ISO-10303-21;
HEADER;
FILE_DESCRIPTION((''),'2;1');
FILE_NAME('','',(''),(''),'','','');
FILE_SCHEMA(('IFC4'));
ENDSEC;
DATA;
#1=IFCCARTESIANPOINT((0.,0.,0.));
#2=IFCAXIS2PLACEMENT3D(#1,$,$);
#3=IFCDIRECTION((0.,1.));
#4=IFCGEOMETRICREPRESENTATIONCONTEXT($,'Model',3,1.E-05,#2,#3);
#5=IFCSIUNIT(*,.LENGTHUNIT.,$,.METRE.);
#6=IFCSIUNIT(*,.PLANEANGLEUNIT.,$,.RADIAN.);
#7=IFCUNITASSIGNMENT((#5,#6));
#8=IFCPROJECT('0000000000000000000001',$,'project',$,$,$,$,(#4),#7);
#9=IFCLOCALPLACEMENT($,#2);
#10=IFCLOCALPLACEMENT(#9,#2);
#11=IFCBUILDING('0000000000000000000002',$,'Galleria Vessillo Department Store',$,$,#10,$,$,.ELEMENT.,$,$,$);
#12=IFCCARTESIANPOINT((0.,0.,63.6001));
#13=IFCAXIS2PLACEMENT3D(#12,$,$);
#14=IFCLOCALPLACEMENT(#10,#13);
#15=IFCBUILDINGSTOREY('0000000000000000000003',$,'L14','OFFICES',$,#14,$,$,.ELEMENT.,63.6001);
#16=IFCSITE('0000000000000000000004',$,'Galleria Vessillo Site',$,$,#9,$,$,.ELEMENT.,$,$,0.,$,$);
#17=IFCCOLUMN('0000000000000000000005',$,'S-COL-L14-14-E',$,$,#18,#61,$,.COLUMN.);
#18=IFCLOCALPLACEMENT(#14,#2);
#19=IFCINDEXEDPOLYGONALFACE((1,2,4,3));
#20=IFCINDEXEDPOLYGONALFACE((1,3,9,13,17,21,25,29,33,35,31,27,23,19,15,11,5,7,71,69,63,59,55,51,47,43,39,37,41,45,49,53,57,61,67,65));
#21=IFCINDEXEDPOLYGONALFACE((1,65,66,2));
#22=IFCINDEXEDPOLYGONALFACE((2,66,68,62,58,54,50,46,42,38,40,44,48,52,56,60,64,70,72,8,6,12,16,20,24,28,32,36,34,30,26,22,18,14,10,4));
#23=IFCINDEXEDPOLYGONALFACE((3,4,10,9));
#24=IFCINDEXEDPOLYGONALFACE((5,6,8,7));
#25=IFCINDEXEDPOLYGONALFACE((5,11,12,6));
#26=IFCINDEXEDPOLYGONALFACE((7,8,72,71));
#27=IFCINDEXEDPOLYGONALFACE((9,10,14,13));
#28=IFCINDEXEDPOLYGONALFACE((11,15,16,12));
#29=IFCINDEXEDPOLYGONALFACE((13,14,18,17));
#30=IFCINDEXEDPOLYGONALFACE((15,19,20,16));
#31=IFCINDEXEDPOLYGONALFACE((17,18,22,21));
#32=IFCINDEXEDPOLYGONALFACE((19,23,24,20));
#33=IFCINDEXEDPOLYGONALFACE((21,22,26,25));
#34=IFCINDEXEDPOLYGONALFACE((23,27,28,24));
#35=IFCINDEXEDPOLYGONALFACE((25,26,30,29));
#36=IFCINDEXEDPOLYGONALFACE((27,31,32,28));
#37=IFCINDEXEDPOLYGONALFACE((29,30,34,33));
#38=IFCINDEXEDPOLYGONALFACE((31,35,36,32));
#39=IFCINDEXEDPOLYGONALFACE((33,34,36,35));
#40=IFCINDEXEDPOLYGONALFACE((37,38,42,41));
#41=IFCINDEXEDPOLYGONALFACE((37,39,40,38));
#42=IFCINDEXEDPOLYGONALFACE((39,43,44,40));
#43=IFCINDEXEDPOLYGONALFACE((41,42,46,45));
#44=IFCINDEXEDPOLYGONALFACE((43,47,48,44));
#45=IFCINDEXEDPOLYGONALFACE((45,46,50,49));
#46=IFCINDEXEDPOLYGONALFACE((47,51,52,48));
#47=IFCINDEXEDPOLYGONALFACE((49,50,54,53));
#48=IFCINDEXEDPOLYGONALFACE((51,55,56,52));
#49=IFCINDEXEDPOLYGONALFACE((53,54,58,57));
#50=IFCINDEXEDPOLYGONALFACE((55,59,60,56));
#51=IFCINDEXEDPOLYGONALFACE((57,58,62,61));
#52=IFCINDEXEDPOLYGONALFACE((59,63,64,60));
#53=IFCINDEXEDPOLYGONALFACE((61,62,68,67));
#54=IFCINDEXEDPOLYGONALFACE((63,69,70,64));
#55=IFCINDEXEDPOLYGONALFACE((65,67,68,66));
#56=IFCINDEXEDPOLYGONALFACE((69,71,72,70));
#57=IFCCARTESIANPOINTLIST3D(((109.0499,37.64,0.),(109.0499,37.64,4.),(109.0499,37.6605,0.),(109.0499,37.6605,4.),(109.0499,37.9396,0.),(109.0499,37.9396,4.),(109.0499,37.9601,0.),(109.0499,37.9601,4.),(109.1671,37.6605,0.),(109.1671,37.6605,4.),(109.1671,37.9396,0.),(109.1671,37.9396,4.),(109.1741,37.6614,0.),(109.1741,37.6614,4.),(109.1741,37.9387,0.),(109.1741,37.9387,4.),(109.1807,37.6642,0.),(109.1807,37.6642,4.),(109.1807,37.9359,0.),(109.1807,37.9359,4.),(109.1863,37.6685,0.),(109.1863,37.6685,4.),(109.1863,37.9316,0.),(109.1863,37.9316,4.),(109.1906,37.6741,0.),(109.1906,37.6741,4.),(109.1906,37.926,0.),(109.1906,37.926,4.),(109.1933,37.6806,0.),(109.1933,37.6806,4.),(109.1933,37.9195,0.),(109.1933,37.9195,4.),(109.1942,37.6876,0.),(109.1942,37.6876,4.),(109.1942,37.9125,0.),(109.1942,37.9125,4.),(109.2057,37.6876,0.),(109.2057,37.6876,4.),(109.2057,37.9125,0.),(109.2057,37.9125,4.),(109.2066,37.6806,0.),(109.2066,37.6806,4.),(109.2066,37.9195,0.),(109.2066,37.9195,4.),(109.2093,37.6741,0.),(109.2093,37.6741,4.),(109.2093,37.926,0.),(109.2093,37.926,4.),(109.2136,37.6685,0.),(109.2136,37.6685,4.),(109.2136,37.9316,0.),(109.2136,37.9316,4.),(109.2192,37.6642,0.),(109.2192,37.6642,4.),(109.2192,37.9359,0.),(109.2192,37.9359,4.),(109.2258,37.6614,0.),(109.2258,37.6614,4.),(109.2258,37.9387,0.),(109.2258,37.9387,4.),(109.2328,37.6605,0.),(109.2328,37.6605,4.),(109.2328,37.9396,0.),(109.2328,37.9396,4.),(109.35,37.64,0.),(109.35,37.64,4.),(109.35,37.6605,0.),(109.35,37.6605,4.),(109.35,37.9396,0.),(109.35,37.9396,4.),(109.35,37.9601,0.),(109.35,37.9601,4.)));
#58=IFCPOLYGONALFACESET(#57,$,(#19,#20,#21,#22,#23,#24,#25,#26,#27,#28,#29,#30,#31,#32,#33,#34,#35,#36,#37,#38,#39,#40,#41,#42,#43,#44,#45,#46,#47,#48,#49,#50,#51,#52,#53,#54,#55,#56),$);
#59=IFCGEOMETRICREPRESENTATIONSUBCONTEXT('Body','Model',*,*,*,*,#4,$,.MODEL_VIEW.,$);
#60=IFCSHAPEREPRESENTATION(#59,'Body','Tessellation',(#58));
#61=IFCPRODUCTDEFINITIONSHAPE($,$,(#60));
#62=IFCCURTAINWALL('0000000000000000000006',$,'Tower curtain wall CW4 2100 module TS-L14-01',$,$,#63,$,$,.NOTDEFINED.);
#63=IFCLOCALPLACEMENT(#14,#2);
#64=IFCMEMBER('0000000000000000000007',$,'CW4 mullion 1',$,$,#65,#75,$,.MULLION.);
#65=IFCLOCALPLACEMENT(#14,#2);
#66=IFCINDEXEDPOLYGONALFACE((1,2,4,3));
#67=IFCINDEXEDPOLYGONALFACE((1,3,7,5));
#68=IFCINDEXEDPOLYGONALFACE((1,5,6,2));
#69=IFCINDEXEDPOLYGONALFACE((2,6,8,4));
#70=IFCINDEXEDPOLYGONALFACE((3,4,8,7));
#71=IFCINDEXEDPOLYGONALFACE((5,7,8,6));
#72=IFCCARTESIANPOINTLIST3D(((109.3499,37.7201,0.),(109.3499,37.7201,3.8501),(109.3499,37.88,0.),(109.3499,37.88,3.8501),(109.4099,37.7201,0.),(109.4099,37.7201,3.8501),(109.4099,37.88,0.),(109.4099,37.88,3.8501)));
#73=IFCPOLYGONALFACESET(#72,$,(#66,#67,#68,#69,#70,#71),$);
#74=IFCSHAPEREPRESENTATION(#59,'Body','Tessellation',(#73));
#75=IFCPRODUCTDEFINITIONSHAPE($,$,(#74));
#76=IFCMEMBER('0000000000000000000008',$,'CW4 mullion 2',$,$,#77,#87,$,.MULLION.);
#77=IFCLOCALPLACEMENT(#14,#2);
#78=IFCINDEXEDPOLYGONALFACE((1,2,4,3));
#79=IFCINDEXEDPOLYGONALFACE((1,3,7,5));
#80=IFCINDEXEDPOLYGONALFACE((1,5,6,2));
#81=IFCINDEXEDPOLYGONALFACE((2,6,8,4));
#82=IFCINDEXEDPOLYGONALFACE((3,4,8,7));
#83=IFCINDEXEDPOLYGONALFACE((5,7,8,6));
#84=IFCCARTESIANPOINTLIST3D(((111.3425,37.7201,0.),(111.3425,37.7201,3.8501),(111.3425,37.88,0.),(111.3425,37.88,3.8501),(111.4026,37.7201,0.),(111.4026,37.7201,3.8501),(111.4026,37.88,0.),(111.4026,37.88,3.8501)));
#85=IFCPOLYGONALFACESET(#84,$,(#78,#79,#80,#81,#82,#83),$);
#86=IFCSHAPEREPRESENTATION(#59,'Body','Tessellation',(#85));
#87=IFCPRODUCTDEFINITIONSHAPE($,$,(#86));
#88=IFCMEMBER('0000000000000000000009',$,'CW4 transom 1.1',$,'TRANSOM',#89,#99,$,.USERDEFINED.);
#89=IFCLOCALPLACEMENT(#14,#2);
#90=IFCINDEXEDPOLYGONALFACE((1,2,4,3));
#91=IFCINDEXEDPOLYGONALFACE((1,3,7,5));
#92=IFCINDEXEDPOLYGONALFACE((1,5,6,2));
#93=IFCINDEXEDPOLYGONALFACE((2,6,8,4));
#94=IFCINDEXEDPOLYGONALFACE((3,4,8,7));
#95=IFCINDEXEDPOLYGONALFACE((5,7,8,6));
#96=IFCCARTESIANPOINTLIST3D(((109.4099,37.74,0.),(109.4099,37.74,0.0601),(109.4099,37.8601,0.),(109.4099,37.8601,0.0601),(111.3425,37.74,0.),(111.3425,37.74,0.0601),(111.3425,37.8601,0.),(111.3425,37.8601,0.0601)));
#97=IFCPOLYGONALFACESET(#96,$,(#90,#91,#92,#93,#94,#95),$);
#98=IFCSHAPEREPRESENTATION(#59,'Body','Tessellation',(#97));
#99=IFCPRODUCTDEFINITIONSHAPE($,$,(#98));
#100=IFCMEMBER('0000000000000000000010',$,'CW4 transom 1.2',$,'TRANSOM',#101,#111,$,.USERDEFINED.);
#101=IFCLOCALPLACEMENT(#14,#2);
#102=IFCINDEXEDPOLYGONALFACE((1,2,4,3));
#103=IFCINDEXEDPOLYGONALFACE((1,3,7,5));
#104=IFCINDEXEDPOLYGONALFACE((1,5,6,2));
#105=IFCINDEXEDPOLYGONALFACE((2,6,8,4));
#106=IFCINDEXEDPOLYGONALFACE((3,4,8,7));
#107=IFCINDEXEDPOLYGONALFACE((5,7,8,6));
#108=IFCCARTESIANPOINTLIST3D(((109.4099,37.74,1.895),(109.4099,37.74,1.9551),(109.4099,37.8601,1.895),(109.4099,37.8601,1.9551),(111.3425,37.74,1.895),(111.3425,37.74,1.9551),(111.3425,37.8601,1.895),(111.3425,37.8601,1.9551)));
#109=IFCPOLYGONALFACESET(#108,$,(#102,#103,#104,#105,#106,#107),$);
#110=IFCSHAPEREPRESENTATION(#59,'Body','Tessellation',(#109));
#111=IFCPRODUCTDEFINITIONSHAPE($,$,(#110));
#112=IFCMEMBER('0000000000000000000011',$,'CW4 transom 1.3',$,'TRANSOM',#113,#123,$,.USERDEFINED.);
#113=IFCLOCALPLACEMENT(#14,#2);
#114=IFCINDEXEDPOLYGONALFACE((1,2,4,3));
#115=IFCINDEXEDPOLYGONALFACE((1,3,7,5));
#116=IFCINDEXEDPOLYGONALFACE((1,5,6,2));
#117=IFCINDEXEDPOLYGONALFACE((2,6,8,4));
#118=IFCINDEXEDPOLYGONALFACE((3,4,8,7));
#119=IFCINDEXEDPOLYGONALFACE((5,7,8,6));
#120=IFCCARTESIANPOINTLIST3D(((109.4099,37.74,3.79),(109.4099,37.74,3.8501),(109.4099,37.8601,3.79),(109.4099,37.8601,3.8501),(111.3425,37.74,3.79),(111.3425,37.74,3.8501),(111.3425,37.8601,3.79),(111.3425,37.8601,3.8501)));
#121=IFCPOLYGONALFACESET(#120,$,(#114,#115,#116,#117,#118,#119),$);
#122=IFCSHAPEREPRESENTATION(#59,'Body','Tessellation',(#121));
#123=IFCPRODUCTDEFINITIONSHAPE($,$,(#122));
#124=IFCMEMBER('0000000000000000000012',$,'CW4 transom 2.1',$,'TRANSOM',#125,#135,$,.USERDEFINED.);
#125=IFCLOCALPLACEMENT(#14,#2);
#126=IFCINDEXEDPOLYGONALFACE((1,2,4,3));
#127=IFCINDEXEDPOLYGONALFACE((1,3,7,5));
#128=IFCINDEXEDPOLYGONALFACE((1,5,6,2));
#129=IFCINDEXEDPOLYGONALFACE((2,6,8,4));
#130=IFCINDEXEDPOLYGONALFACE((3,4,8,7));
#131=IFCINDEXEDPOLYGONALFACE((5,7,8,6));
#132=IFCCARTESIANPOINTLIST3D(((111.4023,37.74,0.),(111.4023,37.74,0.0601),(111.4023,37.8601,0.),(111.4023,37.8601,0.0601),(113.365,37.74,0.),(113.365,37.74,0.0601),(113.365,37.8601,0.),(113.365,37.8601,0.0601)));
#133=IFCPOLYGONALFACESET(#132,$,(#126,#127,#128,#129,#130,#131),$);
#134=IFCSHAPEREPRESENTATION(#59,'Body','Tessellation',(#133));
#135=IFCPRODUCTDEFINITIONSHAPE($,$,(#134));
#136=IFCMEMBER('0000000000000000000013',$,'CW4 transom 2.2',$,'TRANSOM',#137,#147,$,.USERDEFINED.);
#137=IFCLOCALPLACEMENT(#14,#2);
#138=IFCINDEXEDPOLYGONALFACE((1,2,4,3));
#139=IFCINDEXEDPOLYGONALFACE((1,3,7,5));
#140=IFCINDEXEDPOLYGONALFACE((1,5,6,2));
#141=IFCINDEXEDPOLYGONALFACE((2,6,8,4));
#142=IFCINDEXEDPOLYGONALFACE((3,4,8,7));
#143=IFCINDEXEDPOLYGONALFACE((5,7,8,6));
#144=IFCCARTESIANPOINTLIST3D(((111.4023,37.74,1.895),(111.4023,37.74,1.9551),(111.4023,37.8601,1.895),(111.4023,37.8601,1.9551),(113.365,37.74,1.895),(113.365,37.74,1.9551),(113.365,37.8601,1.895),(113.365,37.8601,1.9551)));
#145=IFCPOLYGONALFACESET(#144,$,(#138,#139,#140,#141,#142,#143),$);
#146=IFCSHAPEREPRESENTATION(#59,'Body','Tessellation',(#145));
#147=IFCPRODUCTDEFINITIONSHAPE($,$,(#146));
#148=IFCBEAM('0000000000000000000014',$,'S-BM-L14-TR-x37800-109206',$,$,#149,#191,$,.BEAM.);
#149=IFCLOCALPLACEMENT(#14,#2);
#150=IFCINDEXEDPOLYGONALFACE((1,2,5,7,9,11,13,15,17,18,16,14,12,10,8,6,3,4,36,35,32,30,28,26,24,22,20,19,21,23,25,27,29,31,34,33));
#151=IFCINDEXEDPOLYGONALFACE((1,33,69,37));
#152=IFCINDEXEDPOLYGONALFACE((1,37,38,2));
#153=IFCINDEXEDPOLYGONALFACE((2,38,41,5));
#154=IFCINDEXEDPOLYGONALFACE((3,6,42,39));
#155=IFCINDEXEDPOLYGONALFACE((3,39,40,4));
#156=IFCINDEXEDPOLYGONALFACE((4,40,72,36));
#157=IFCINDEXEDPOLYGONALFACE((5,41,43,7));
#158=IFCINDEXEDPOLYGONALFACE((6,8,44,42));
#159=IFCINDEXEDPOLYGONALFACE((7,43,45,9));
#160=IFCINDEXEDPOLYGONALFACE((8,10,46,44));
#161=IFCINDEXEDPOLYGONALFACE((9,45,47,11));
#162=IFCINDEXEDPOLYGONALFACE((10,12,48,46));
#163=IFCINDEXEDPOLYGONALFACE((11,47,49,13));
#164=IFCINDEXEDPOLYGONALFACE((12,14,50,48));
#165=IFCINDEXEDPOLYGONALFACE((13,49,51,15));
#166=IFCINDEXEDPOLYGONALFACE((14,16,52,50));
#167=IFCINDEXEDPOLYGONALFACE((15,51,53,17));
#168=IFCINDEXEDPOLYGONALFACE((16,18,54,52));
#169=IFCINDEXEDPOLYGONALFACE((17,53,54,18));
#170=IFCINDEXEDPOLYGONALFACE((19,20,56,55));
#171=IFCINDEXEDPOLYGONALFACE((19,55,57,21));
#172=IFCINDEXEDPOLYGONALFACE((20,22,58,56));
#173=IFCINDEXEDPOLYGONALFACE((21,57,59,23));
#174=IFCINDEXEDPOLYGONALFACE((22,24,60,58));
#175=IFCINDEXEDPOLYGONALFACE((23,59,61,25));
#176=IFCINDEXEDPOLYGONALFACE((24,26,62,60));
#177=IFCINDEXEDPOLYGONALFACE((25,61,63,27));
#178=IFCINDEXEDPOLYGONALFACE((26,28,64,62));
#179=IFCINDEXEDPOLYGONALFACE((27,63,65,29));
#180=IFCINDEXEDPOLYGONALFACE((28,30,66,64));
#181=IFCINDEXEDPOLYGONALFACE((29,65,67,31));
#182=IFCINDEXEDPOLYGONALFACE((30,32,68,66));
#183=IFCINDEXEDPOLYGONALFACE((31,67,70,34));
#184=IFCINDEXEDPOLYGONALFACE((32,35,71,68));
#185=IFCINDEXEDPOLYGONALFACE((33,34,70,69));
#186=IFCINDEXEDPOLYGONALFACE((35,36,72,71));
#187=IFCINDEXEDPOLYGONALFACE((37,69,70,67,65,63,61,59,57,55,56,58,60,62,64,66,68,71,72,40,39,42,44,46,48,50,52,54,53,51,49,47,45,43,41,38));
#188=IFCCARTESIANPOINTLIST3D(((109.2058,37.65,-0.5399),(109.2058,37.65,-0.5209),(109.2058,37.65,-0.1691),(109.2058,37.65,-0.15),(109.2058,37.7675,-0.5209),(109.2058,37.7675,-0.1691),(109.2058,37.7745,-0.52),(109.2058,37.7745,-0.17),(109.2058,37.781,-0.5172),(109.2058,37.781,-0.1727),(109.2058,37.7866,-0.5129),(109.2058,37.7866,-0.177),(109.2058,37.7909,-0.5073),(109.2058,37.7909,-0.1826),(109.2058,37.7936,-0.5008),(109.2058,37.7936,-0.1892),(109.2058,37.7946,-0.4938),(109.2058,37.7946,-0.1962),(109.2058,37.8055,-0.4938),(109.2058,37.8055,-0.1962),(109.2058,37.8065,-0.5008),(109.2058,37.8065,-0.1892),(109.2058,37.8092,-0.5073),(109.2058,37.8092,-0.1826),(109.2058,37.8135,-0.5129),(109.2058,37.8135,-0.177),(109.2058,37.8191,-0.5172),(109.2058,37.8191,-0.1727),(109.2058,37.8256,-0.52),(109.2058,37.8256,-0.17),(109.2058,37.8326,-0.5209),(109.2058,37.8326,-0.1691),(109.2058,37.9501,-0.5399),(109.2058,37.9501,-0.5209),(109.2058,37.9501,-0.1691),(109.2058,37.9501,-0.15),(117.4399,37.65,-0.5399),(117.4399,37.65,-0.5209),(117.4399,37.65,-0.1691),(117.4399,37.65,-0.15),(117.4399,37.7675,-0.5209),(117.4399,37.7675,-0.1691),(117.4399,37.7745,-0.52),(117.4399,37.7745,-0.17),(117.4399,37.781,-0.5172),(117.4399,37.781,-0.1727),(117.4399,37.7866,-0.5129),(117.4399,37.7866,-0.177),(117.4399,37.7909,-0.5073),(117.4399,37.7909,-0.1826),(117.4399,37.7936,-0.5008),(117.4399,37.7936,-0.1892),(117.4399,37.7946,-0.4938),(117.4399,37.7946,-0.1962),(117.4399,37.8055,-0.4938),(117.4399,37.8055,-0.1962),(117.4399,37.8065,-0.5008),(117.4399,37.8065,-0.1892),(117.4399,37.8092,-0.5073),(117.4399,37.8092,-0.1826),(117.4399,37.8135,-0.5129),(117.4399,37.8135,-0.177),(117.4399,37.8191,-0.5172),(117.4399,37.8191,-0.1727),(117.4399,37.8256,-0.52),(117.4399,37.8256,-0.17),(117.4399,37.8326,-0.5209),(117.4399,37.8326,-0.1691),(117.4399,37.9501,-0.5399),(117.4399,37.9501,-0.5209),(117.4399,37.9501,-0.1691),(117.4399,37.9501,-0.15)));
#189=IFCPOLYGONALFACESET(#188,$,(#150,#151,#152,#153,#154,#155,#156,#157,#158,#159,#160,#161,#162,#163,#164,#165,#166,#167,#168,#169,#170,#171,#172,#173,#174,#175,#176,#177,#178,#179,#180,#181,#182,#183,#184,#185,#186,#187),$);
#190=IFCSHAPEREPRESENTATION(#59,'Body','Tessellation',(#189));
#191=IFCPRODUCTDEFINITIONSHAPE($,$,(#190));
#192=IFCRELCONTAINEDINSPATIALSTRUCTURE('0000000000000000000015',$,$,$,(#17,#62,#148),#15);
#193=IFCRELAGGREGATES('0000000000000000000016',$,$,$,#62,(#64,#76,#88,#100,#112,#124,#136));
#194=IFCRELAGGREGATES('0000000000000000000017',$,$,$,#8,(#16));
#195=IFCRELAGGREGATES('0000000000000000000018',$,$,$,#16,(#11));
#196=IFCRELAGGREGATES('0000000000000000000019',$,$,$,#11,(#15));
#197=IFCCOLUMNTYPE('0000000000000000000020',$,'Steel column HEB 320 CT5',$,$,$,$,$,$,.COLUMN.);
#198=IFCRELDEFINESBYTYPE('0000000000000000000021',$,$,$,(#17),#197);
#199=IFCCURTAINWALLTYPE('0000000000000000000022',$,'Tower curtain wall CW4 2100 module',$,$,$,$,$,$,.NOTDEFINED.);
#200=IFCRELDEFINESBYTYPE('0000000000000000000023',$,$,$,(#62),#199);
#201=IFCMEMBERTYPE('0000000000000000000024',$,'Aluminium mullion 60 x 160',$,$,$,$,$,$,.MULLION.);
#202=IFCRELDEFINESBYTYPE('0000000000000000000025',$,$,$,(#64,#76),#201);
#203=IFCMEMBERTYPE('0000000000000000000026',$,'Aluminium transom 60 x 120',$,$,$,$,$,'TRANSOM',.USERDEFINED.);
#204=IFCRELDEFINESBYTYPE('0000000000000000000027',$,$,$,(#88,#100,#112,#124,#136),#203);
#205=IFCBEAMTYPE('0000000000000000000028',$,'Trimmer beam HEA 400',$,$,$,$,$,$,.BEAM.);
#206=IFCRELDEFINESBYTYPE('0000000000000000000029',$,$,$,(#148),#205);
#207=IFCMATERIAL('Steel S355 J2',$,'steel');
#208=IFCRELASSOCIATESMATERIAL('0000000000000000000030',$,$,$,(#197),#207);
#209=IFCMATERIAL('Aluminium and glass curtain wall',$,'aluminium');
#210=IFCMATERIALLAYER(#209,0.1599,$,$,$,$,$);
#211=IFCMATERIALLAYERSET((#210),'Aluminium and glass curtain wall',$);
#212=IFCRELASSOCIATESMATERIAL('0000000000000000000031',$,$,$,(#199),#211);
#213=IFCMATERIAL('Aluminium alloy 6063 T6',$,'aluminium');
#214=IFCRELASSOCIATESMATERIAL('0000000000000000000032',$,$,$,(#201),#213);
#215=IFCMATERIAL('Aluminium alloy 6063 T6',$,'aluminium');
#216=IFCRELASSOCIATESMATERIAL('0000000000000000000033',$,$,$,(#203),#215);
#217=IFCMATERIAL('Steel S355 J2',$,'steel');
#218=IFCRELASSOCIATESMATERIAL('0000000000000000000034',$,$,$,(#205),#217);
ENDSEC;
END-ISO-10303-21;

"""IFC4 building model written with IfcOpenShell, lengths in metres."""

from ifc_helpers import new_model, si_unit, direction, frame, origin, origin_2d, place, context, subcontext, project, spatial, rectangle, i_section, extrude, material, layer, layer_set, material_profile, profile_set, type_object, element, aggregate, save


model = new_model("IFC4")

# Units and contexts
model_context = context("Model", 3, precision=1e-05, world=origin(), true_north=direction((0.0, 1.0)))
body_context = subcontext(model_context, "Body", "Model", "MODEL_VIEW")
ifc_project = project(units=[si_unit("LENGTHUNIT", "METRE"), si_unit("PLANEANGLEUNIT", "RADIAN")], contexts=[model_context])

# Site, building, storey
site_placement = place(None, origin())
site = spatial("IfcSite", under=ifc_project, at=site_placement, Name="Galleria Vessillo Site", CompositionType="ELEMENT", RefElevation=0.0)
building_placement = place(site_placement, origin())
building = spatial("IfcBuilding", under=site, at=building_placement, Name="Galleria Vessillo Department Store", CompositionType="ELEMENT")
storey_placement = place(building_placement, frame((0.0, 0.0, 63.6001)))
storey = spatial("IfcBuildingStorey", under=building, at=storey_placement, Name="L14", Description="OFFICES", CompositionType="ELEMENT", Elevation=63.6001)

# Column
ifc_material_1 = material(Name="Steel S355 J2", Category="steel")
ifc_material_profile_1 = material_profile(ifc_material_1, i_section(OverallWidth=0.3, OverallDepth=0.3201, WebThickness=0.0115, FlangeThickness=0.0205, FilletRadius=0.0271, at=origin_2d()), Name="HEB 320")
ifc_profile_set_1 = profile_set([ifc_material_profile_1], Name="Steel S355 J2")
column_type = type_object("IfcColumnType", Name="Steel column HEB 320 CT5", PredefinedType="COLUMN", material=ifc_profile_set_1)
column_placement = place(storey_placement, frame((109.2, 37.8, 0.0), z_axis=(0.0, 0.0, 1.0), x_axis=(1.0, 0.0, 0.0)))
element("IfcColumn", 1, at=column_placement, inside=storey, type_object=column_type, Name="S-COL-L14-14-E", PredefinedType="COLUMN", context=body_context, shape_type="SweptSolid", body=[
    extrude(i_section(OverallWidth=0.3, OverallDepth=0.3201, WebThickness=0.0115, FlangeThickness=0.0205, FilletRadius=0.0271, at=origin_2d()), origin(), (0.0, 0.0, 1.0), 4.0),
])

# Curtain wall, members
ifc_material_2 = material(Name="Aluminium and glass curtain wall", Category="aluminium")
ifc_layer_1 = layer(ifc_material_2, 0.1599)
ifc_layer_set_1 = layer_set([ifc_layer_1], Name="Aluminium and glass curtain wall")
curtain_wall_type = type_object("IfcCurtainWallType", Name="Tower curtain wall CW4 2100 module", PredefinedType="NOTDEFINED", material=ifc_layer_set_1)
curtain_wall_placement = place(storey_placement, origin())
curtain_wall = element("IfcCurtainWall", 2, at=curtain_wall_placement, inside=storey, type_object=curtain_wall_type, Name="Tower curtain wall CW4 2100 module TS-L14-01", PredefinedType="NOTDEFINED")
ifc_material_3 = material(Name="Aluminium alloy 6063 T6", Category="aluminium")
ifc_material_profile_2 = material_profile(ifc_material_3, rectangle(XDim=0.1599, YDim=0.0601, at=origin_2d()), Name="AL 60x160")
ifc_profile_set_2 = profile_set([ifc_material_profile_2], Name="Aluminium alloy 6063 T6")
member_type_1 = type_object("IfcMemberType", Name="Aluminium mullion 60 x 160", PredefinedType="MULLION", material=ifc_profile_set_2)
member_1_placement = place(storey_placement, frame((109.3799, 37.8, 0.0), z_axis=(0.0, 0.0, 1.0), x_axis=(0.0, 1.0, 0.0)))
member_1 = element("IfcMember", 3, at=member_1_placement, type_object=member_type_1, Name="CW4 mullion 1", PredefinedType="MULLION", context=body_context, shape_type="SweptSolid", body=[
    extrude(rectangle(XDim=0.1599, YDim=0.0601, at=origin_2d()), origin(), (0.0, 0.0, 1.0), 3.8501),
])
member_2_placement = place(storey_placement, frame((111.3726, 37.8, 0.0), z_axis=(0.0, 0.0, 1.0), x_axis=(0.0, 1.0, 0.0)))
member_2 = element("IfcMember", 4, at=member_2_placement, type_object=member_type_1, Name="CW4 mullion 2", PredefinedType="MULLION", context=body_context, shape_type="SweptSolid", body=[
    extrude(rectangle(XDim=0.1599, YDim=0.0601, at=origin_2d()), origin(), (0.0, 0.0, 1.0), 3.8501),
])
ifc_material_4 = material(Name="Aluminium alloy 6063 T6", Category="aluminium")
ifc_material_profile_3 = material_profile(ifc_material_4, rectangle(XDim=0.1201, YDim=0.0601, at=origin_2d()), Name="AL 60x120")
ifc_profile_set_3 = profile_set([ifc_material_profile_3], Name="Aluminium alloy 6063 T6")
member_type_2 = type_object("IfcMemberType", Name="Aluminium transom 60 x 120", ElementType="TRANSOM", PredefinedType="USERDEFINED", material=ifc_profile_set_3)
member_3_placement = place(storey_placement, frame((109.4099, 37.8, 0.03), z_axis=(1.0, 0.0, 0.0), x_axis=(0.0, 1.0, 0.0)))
member_3 = element("IfcMember", 5, at=member_3_placement, type_object=member_type_2, Name="CW4 transom 1.1", ObjectType="TRANSOM", PredefinedType="USERDEFINED", context=body_context, shape_type="SweptSolid", body=[
    extrude(rectangle(XDim=0.1201, YDim=0.0601, at=origin_2d()), origin(), (0.0, 0.0, 1.0), 1.9326),
])
member_4_placement = place(storey_placement, frame((109.4099, 37.8, 1.925), z_axis=(1.0, 0.0, 0.0), x_axis=(0.0, 1.0, 0.0)))
member_4 = element("IfcMember", 6, at=member_4_placement, type_object=member_type_2, Name="CW4 transom 1.2", ObjectType="TRANSOM", PredefinedType="USERDEFINED", context=body_context, shape_type="SweptSolid", body=[
    extrude(rectangle(XDim=0.1201, YDim=0.0601, at=origin_2d()), origin(), (0.0, 0.0, 1.0), 1.9326),
])
member_5_placement = place(storey_placement, frame((109.4099, 37.8, 3.8201), z_axis=(1.0, 0.0, 0.0), x_axis=(0.0, 1.0, 0.0)))
member_5 = element("IfcMember", 7, at=member_5_placement, type_object=member_type_2, Name="CW4 transom 1.3", ObjectType="TRANSOM", PredefinedType="USERDEFINED", context=body_context, shape_type="SweptSolid", body=[
    extrude(rectangle(XDim=0.1201, YDim=0.0601, at=origin_2d()), origin(), (0.0, 0.0, 1.0), 1.9326),
])
member_6_placement = place(storey_placement, frame((111.4023, 37.8, 0.03), z_axis=(1.0, 0.0, 0.0), x_axis=(0.0, 1.0, 0.0)))
member_6 = element("IfcMember", 8, at=member_6_placement, type_object=member_type_2, Name="CW4 transom 2.1", ObjectType="TRANSOM", PredefinedType="USERDEFINED", context=body_context, shape_type="SweptSolid", body=[
    extrude(rectangle(XDim=0.1201, YDim=0.0601, at=origin_2d()), origin(), (0.0, 0.0, 1.0), 1.9626),
])
member_7_placement = place(storey_placement, frame((111.4023, 37.8, 1.925), z_axis=(1.0, 0.0, 0.0), x_axis=(0.0, 1.0, 0.0)))
member_7 = element("IfcMember", 9, at=member_7_placement, type_object=member_type_2, Name="CW4 transom 2.2", ObjectType="TRANSOM", PredefinedType="USERDEFINED", context=body_context, shape_type="SweptSolid", body=[
    extrude(rectangle(XDim=0.1201, YDim=0.0601, at=origin_2d()), origin(), (0.0, 0.0, 1.0), 1.9626),
])

# Beam
ifc_material_5 = material(Name="Steel S355 J2", Category="steel")
ifc_material_profile_4 = material_profile(ifc_material_5, i_section(OverallWidth=0.3, OverallDepth=0.3899, WebThickness=0.011, FlangeThickness=0.019, FilletRadius=0.0271, at=origin_2d()), Name="HEA 400")
ifc_profile_set_4 = profile_set([ifc_material_profile_4], Name="Steel S355 J2")
beam_type = type_object("IfcBeamType", Name="Trimmer beam HEA 400", PredefinedType="BEAM", material=ifc_profile_set_4)
beam_placement = place(storey_placement, frame((109.2058, 37.8, -0.345), z_axis=(1.0, 0.0, 0.0), x_axis=(0.0, 1.0, 0.0)))
element("IfcBeam", 10, at=beam_placement, inside=storey, type_object=beam_type, Name="S-BM-L14-TR-x37800-109206", PredefinedType="BEAM", context=body_context, shape_type="SweptSolid", body=[
    extrude(i_section(OverallWidth=0.3, OverallDepth=0.3899, WebThickness=0.011, FlangeThickness=0.019, FilletRadius=0.0271, at=origin_2d()), origin(), (0.0, 0.0, 1.0), 8.2341),
])

aggregate(curtain_wall, [member_1, member_2, member_3, member_4, member_5, member_6, member_7])

save(model, "model.ifc")
